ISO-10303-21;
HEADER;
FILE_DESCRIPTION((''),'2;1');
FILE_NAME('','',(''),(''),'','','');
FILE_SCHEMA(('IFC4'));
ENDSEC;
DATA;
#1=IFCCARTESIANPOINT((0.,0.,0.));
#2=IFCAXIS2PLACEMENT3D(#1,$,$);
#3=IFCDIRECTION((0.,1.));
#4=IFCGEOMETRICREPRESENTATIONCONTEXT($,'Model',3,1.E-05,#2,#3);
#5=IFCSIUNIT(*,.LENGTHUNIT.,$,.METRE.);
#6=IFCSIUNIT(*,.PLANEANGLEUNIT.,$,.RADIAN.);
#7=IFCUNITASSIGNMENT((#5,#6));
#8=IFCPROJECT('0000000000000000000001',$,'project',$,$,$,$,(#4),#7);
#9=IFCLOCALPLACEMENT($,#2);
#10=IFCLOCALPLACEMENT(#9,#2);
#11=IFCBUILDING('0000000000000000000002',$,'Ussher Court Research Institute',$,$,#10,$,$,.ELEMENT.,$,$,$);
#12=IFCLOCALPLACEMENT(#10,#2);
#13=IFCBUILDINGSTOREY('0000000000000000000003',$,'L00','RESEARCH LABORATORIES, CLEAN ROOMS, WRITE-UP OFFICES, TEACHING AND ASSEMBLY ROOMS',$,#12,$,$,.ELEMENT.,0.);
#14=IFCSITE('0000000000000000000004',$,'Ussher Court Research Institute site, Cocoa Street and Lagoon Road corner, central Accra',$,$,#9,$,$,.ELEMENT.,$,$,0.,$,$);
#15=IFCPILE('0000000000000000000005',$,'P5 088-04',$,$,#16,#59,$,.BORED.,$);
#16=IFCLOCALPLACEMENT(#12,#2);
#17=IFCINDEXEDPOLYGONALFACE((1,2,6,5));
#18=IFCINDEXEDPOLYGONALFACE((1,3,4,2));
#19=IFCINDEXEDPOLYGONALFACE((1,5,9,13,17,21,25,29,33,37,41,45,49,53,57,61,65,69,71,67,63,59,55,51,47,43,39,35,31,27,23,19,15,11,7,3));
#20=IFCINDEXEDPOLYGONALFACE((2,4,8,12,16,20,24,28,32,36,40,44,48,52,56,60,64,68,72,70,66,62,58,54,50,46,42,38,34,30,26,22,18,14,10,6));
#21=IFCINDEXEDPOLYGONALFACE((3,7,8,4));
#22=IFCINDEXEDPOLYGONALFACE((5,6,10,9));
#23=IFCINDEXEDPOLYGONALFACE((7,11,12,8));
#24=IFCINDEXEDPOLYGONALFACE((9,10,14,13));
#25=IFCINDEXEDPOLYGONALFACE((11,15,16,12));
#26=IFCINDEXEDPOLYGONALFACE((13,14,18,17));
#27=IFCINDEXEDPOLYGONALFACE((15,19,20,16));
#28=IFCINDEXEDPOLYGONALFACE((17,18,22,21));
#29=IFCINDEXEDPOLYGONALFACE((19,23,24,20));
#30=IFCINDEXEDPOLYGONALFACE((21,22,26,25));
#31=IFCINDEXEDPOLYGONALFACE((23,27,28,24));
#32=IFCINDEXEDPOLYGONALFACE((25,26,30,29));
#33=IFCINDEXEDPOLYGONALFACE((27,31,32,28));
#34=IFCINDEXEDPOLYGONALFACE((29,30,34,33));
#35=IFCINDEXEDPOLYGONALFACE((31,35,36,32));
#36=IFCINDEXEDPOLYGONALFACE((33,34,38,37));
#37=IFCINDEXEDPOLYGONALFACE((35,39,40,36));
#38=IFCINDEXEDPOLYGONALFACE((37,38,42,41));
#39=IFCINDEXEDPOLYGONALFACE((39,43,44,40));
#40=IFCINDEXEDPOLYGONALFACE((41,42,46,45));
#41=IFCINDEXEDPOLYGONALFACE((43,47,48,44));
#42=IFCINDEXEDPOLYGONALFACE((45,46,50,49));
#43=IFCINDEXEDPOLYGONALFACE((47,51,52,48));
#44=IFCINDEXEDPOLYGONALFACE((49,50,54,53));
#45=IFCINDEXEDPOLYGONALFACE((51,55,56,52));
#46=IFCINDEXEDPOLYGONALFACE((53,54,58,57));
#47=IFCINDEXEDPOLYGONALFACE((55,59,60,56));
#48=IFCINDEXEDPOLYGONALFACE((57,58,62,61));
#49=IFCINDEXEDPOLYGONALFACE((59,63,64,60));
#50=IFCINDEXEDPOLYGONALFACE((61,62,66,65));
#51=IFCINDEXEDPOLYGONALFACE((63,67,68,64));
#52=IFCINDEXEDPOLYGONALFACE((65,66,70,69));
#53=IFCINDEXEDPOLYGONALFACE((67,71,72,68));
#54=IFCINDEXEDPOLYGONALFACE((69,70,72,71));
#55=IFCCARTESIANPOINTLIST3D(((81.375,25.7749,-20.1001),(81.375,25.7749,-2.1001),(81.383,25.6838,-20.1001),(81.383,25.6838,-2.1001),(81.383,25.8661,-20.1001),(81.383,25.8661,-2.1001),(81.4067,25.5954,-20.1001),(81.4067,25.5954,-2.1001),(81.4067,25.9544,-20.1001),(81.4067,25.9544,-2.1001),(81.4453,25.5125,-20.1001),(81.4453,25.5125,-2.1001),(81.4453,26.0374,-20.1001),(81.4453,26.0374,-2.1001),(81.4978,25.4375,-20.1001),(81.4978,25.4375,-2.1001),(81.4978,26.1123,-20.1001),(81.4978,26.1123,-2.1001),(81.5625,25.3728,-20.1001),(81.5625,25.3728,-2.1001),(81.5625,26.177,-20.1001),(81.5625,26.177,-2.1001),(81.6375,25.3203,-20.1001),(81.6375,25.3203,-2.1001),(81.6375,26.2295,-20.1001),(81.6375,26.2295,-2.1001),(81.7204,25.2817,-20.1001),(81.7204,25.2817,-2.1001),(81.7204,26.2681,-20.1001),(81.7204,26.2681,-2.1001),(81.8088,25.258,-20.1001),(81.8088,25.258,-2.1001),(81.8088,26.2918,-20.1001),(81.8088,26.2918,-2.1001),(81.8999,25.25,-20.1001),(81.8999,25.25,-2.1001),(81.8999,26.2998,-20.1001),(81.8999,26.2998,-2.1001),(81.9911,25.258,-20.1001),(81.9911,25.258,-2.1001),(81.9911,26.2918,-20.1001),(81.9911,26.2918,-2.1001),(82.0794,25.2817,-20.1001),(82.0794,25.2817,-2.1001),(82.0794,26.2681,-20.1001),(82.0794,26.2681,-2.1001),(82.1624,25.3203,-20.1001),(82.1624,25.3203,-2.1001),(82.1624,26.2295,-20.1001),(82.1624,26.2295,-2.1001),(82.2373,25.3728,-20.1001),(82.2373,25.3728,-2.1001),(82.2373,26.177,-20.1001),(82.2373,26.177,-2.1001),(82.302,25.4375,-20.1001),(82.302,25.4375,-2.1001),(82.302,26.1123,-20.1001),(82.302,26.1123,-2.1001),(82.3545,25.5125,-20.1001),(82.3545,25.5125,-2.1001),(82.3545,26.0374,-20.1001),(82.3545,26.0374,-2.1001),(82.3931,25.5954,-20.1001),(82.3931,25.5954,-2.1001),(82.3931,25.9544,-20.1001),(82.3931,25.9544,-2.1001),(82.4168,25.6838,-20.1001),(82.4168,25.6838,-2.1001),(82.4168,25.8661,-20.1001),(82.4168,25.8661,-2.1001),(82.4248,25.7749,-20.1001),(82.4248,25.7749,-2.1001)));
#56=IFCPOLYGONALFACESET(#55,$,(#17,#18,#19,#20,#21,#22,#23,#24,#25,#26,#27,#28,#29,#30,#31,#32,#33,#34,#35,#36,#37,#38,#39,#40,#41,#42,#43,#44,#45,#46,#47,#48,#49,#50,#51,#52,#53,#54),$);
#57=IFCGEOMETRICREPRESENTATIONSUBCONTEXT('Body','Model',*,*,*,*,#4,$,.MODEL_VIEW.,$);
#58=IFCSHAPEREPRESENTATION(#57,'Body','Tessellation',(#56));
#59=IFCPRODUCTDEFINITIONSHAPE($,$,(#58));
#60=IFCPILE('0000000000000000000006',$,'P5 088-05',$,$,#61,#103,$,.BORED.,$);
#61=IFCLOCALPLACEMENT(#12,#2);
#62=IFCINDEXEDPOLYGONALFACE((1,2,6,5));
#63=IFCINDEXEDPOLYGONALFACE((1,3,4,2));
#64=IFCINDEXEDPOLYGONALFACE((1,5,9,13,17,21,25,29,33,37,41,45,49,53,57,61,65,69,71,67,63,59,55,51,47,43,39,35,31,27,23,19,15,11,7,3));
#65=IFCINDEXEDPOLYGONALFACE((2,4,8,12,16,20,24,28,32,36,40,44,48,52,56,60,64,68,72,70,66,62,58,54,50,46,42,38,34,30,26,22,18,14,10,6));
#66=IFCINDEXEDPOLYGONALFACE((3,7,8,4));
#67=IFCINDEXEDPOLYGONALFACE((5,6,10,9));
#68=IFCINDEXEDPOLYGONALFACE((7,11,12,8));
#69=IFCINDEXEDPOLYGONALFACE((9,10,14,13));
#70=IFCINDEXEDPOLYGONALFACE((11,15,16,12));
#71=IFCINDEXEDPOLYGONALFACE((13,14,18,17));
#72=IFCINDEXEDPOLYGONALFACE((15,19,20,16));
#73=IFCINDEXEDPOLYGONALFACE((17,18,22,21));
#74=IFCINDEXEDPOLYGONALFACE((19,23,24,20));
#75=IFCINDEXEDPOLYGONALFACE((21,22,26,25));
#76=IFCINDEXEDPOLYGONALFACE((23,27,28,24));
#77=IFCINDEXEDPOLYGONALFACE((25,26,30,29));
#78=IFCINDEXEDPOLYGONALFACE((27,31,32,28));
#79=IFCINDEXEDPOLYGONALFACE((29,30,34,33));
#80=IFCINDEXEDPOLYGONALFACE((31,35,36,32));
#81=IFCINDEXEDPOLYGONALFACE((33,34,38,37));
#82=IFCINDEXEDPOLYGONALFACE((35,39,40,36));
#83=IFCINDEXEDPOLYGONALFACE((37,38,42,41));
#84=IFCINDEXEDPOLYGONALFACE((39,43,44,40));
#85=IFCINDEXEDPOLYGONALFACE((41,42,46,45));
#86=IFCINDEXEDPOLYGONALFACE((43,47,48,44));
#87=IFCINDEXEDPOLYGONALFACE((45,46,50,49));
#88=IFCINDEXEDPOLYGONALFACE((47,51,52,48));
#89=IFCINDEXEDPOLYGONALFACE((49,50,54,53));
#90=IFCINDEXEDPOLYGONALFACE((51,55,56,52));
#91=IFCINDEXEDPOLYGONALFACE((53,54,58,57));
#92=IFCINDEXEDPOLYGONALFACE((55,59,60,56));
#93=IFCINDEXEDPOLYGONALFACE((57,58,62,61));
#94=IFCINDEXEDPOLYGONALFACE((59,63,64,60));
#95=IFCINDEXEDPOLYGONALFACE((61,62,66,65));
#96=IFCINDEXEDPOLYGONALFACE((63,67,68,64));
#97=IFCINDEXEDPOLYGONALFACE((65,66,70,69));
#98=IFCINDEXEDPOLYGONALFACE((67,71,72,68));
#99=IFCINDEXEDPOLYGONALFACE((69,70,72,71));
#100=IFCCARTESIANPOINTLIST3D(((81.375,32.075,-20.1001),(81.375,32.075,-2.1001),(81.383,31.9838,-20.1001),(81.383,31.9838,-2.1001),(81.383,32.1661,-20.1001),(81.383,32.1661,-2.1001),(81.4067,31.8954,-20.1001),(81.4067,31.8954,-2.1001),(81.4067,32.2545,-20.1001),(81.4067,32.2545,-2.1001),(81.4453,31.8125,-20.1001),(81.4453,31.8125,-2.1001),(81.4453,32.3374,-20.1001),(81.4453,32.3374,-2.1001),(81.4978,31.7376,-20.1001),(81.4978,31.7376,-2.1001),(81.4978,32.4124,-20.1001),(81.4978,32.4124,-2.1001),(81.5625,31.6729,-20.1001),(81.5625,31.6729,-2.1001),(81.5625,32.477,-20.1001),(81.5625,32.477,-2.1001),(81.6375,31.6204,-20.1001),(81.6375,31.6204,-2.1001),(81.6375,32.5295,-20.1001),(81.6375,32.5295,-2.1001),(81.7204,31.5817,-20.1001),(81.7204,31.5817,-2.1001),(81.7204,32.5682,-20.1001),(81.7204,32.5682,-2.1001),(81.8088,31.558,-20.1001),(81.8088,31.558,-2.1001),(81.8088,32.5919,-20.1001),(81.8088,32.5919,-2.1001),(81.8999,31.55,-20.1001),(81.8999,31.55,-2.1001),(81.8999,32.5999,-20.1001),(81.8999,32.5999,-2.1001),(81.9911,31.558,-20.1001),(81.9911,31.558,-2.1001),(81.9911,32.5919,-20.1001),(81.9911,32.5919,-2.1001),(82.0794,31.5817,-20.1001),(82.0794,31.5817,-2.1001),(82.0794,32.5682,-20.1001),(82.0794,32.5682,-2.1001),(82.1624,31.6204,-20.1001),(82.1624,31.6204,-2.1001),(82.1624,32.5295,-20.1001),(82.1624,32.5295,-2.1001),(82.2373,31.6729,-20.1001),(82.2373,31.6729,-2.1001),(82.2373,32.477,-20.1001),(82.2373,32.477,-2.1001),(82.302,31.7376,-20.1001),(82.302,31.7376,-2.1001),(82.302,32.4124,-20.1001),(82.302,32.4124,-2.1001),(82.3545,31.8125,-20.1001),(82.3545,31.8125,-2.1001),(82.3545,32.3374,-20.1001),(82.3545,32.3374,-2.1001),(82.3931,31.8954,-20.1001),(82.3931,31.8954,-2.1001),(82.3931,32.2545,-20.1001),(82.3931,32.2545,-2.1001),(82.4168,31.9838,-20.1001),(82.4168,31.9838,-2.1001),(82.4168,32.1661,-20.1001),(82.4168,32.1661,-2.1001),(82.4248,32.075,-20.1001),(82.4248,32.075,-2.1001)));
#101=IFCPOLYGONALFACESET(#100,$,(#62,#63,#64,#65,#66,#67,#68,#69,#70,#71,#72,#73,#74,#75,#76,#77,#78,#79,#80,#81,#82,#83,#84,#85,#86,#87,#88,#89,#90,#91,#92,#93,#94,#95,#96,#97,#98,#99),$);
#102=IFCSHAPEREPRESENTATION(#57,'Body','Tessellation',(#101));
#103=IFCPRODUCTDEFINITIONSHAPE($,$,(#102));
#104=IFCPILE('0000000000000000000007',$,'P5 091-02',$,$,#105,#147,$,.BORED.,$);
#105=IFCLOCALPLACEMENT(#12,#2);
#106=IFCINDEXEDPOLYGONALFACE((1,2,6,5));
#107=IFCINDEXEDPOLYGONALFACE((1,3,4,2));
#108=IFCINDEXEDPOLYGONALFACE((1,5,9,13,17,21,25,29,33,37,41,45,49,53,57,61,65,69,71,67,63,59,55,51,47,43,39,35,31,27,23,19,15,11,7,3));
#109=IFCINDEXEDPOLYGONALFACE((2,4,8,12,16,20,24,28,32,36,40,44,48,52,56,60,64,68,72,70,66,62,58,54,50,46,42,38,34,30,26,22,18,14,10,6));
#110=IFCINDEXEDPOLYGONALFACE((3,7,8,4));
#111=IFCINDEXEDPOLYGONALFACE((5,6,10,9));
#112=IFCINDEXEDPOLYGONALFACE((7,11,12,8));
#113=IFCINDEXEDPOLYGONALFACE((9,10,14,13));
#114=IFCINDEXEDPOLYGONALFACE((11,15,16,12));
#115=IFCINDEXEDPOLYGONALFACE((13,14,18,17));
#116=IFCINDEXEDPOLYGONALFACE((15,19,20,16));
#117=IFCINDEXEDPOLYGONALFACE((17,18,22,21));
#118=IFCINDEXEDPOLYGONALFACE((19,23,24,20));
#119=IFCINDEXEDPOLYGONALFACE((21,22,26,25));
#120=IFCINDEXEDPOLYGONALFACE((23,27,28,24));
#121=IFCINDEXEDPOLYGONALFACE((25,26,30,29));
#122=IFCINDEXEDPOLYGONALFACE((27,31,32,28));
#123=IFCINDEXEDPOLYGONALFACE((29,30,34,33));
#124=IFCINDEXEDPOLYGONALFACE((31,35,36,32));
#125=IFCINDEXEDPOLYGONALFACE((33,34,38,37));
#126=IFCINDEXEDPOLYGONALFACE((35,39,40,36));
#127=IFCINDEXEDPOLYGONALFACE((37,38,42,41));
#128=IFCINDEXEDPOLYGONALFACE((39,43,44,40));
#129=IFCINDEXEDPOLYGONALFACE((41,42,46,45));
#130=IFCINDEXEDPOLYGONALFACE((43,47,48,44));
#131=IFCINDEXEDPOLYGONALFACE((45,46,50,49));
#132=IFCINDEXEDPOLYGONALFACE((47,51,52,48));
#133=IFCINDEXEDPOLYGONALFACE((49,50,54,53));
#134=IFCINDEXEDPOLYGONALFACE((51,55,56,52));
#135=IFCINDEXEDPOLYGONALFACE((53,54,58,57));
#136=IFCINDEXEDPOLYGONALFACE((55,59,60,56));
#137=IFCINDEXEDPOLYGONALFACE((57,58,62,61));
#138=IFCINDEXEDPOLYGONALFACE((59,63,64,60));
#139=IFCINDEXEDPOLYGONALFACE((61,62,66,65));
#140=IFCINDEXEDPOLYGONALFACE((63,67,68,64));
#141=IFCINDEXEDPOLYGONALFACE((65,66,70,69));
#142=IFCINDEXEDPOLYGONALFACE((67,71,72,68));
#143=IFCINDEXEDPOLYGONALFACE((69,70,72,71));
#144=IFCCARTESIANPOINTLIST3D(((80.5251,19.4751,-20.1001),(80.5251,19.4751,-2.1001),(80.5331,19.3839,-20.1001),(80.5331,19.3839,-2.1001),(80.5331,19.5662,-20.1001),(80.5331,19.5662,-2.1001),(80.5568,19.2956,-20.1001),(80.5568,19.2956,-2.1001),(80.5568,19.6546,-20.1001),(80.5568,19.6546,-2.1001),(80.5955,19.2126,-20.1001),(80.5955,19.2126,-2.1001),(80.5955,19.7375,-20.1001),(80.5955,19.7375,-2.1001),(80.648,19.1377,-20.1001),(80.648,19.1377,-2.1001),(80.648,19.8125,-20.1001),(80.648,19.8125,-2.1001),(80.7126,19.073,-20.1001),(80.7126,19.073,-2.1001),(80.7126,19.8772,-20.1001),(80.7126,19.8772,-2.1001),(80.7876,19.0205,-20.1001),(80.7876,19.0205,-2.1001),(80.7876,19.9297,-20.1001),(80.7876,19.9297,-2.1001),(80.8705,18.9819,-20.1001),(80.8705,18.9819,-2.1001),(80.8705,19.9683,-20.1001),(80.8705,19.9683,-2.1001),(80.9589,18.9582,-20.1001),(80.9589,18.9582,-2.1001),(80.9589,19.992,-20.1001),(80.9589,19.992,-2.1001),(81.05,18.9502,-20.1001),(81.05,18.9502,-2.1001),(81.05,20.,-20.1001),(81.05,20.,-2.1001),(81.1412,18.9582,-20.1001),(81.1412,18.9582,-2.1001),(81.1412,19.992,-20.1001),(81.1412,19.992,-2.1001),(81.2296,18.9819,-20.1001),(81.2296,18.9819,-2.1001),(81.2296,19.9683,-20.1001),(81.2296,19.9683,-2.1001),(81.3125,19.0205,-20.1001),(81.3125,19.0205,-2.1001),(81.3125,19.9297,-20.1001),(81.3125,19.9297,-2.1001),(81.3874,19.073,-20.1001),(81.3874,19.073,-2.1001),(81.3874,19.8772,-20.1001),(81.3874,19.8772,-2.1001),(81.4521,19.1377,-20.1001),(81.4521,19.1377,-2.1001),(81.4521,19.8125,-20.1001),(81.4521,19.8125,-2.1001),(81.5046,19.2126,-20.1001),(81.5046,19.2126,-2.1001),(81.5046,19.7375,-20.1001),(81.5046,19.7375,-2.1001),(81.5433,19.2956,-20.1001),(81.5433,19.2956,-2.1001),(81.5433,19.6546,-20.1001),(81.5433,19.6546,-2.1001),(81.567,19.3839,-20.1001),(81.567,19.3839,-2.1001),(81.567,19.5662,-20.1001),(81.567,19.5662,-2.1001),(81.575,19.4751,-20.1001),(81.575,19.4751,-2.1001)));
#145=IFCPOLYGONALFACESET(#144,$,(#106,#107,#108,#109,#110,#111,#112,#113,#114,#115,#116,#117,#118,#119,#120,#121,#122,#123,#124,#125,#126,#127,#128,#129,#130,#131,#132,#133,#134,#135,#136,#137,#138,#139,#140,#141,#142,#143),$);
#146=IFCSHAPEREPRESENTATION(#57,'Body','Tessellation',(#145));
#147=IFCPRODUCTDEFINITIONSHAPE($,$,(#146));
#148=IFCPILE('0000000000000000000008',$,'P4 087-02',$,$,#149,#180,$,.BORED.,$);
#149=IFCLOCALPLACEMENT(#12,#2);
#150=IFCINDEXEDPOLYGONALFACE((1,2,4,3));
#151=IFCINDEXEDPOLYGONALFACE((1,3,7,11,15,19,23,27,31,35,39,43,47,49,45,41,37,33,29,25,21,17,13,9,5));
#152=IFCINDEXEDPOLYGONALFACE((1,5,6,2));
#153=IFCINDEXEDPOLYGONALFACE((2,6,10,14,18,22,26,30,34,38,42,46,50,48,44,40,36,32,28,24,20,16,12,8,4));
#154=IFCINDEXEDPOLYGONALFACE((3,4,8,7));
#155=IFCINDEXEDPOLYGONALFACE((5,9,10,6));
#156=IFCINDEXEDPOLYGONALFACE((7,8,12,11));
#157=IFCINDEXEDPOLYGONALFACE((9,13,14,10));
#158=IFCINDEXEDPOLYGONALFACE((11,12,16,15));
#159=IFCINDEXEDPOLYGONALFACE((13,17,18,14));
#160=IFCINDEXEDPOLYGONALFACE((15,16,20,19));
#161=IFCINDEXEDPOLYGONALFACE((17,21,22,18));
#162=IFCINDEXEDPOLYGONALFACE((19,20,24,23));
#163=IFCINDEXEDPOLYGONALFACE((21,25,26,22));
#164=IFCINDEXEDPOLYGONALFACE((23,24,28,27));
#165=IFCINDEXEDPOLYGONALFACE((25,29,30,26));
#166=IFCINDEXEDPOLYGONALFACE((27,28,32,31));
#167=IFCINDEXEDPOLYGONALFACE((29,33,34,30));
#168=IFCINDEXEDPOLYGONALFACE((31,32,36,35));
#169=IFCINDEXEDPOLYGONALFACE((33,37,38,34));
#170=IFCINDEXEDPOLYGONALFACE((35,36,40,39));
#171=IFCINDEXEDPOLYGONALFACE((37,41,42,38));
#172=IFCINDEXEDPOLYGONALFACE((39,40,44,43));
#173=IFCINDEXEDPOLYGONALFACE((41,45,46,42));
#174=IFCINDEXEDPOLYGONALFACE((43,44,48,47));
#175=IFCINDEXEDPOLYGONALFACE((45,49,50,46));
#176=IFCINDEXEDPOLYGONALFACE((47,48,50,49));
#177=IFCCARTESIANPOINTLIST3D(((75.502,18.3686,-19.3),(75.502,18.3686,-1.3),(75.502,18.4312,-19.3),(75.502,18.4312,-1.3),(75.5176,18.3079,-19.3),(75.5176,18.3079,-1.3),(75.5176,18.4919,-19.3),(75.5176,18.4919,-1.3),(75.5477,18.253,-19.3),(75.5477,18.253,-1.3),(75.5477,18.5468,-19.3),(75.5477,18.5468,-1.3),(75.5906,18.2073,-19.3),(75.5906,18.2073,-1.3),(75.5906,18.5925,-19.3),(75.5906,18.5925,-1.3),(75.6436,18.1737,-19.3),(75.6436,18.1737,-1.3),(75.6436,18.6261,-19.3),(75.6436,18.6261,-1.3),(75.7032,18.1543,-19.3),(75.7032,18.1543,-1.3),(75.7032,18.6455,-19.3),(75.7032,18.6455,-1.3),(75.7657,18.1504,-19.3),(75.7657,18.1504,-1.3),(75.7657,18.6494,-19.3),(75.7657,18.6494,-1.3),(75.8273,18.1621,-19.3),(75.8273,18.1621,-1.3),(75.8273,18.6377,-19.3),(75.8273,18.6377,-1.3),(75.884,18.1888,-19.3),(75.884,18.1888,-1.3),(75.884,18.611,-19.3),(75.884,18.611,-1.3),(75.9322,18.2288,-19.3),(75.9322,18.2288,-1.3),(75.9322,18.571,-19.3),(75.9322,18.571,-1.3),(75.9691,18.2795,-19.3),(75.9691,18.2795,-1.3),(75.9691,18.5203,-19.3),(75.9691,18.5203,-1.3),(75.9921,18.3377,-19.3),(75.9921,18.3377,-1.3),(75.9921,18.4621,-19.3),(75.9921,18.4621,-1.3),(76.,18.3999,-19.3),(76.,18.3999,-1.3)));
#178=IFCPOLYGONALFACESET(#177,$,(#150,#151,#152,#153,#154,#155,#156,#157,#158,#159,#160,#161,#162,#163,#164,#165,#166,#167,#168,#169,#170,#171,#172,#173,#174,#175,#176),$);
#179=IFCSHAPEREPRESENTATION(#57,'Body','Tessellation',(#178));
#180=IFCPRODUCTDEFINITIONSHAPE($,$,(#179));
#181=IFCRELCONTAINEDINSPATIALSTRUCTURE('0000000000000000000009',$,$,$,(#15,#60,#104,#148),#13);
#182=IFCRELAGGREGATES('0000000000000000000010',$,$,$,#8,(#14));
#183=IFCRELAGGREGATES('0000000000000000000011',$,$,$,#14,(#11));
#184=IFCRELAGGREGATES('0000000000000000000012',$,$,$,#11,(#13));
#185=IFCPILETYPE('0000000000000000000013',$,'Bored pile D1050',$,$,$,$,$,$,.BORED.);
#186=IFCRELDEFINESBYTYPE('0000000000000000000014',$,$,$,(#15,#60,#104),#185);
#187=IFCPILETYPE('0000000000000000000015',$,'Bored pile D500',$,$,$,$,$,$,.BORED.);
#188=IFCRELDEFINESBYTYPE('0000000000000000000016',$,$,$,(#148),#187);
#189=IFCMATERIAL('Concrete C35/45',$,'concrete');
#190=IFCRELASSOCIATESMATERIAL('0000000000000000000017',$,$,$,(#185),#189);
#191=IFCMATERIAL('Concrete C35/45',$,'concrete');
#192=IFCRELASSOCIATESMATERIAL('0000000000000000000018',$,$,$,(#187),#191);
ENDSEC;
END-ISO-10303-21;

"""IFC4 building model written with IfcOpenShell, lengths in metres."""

from ifc_helpers import new_model, si_unit, direction, frame, origin, origin_2d, place, context, subcontext, project, spatial, circle, extrude, material, material_profile, profile_set, type_object, element, save


model = new_model("IFC4")

# Units and contexts
model_context = context("Model", 3, precision=1e-05, world=origin(), true_north=direction((0.0, 1.0)))
body_context = subcontext(model_context, "Body", "Model", "MODEL_VIEW")
ifc_project = project(units=[si_unit("LENGTHUNIT", "METRE"), si_unit("PLANEANGLEUNIT", "RADIAN")], contexts=[model_context])

# Site, building, storey
site_placement = place(None, origin())
site = spatial("IfcSite", under=ifc_project, at=site_placement, Name="Ussher Court Research Institute site, Cocoa Street and Lagoon Road corner, central Accra", CompositionType="ELEMENT", RefElevation=0.0)
building_placement = place(site_placement, origin())
building = spatial("IfcBuilding", under=site, at=building_placement, Name="Ussher Court Research Institute", CompositionType="ELEMENT")
storey_placement = place(building_placement, origin())
storey = spatial("IfcBuildingStorey", under=building, at=storey_placement, Name="L00", Description="RESEARCH LABORATORIES, CLEAN ROOMS, WRITE-UP OFFICES, TEACHING AND ASSEMBLY ROOMS", CompositionType="ELEMENT", Elevation=0.0)

# Piles
ifc_material_1 = material(Name="Concrete C35/45", Category="concrete")
ifc_material_profile_1 = material_profile(ifc_material_1, circle(Radius=0.5249, at=origin_2d()), Name="RC D1050")
ifc_profile_set_1 = profile_set([ifc_material_profile_1], Name="Concrete C35/45")
pile_type_1 = type_object("IfcPileType", Name="Bored pile D1050", PredefinedType="BORED", material=ifc_profile_set_1)
for number, where, z_axis, x_axis, name in (
    (1, (81.8999, 25.7749, -2.1001), (0.0, 0.0, -1.0), (1.0, 0.0, 0.0), "P5 088-04"),
    (2, (81.8999, 32.075, -2.1001), (0.0, 0.0, -1.0), (1.0, 0.0, 0.0), "P5 088-05"),
    (3, (81.05, 19.4751, -2.1001), (0.0, 0.0, -1.0), (1.0, 0.0, 0.0), "P5 091-02"),
):
    element("IfcPile", number, at=place(storey_placement, frame(where, z_axis=z_axis, x_axis=x_axis)), inside=storey, type_object=pile_type_1, Name=name, PredefinedType="BORED", context=body_context, shape_type="SweptSolid", body=[
        extrude(circle(Radius=0.5249, at=origin_2d()), origin(), (0.0, 0.0, 1.0), 18.0),
    ])
ifc_material_2 = material(Name="Concrete C35/45", Category="concrete")
ifc_material_profile_2 = material_profile(ifc_material_2, circle(Radius=0.25, at=origin_2d()), Name="RC D500")
ifc_profile_set_2 = profile_set([ifc_material_profile_2], Name="Concrete C35/45")
pile_type_2 = type_object("IfcPileType", Name="Bored pile D500", PredefinedType="BORED", material=ifc_profile_set_2)
for number, where, z_axis, x_axis, name in (
    (4, (75.75, 18.3999, -1.3), (0.0, 0.0, -1.0), (1.0, 0.0, 0.0), "P4 087-02"),
):
    element("IfcPile", number, at=place(storey_placement, frame(where, z_axis=z_axis, x_axis=x_axis)), inside=storey, type_object=pile_type_2, Name=name, PredefinedType="BORED", context=body_context, shape_type="SweptSolid", body=[
        extrude(circle(Radius=0.25, at=origin_2d()), origin(), (0.0, 0.0, 1.0), 18.0),
    ])

save(model, "model.ifc")
